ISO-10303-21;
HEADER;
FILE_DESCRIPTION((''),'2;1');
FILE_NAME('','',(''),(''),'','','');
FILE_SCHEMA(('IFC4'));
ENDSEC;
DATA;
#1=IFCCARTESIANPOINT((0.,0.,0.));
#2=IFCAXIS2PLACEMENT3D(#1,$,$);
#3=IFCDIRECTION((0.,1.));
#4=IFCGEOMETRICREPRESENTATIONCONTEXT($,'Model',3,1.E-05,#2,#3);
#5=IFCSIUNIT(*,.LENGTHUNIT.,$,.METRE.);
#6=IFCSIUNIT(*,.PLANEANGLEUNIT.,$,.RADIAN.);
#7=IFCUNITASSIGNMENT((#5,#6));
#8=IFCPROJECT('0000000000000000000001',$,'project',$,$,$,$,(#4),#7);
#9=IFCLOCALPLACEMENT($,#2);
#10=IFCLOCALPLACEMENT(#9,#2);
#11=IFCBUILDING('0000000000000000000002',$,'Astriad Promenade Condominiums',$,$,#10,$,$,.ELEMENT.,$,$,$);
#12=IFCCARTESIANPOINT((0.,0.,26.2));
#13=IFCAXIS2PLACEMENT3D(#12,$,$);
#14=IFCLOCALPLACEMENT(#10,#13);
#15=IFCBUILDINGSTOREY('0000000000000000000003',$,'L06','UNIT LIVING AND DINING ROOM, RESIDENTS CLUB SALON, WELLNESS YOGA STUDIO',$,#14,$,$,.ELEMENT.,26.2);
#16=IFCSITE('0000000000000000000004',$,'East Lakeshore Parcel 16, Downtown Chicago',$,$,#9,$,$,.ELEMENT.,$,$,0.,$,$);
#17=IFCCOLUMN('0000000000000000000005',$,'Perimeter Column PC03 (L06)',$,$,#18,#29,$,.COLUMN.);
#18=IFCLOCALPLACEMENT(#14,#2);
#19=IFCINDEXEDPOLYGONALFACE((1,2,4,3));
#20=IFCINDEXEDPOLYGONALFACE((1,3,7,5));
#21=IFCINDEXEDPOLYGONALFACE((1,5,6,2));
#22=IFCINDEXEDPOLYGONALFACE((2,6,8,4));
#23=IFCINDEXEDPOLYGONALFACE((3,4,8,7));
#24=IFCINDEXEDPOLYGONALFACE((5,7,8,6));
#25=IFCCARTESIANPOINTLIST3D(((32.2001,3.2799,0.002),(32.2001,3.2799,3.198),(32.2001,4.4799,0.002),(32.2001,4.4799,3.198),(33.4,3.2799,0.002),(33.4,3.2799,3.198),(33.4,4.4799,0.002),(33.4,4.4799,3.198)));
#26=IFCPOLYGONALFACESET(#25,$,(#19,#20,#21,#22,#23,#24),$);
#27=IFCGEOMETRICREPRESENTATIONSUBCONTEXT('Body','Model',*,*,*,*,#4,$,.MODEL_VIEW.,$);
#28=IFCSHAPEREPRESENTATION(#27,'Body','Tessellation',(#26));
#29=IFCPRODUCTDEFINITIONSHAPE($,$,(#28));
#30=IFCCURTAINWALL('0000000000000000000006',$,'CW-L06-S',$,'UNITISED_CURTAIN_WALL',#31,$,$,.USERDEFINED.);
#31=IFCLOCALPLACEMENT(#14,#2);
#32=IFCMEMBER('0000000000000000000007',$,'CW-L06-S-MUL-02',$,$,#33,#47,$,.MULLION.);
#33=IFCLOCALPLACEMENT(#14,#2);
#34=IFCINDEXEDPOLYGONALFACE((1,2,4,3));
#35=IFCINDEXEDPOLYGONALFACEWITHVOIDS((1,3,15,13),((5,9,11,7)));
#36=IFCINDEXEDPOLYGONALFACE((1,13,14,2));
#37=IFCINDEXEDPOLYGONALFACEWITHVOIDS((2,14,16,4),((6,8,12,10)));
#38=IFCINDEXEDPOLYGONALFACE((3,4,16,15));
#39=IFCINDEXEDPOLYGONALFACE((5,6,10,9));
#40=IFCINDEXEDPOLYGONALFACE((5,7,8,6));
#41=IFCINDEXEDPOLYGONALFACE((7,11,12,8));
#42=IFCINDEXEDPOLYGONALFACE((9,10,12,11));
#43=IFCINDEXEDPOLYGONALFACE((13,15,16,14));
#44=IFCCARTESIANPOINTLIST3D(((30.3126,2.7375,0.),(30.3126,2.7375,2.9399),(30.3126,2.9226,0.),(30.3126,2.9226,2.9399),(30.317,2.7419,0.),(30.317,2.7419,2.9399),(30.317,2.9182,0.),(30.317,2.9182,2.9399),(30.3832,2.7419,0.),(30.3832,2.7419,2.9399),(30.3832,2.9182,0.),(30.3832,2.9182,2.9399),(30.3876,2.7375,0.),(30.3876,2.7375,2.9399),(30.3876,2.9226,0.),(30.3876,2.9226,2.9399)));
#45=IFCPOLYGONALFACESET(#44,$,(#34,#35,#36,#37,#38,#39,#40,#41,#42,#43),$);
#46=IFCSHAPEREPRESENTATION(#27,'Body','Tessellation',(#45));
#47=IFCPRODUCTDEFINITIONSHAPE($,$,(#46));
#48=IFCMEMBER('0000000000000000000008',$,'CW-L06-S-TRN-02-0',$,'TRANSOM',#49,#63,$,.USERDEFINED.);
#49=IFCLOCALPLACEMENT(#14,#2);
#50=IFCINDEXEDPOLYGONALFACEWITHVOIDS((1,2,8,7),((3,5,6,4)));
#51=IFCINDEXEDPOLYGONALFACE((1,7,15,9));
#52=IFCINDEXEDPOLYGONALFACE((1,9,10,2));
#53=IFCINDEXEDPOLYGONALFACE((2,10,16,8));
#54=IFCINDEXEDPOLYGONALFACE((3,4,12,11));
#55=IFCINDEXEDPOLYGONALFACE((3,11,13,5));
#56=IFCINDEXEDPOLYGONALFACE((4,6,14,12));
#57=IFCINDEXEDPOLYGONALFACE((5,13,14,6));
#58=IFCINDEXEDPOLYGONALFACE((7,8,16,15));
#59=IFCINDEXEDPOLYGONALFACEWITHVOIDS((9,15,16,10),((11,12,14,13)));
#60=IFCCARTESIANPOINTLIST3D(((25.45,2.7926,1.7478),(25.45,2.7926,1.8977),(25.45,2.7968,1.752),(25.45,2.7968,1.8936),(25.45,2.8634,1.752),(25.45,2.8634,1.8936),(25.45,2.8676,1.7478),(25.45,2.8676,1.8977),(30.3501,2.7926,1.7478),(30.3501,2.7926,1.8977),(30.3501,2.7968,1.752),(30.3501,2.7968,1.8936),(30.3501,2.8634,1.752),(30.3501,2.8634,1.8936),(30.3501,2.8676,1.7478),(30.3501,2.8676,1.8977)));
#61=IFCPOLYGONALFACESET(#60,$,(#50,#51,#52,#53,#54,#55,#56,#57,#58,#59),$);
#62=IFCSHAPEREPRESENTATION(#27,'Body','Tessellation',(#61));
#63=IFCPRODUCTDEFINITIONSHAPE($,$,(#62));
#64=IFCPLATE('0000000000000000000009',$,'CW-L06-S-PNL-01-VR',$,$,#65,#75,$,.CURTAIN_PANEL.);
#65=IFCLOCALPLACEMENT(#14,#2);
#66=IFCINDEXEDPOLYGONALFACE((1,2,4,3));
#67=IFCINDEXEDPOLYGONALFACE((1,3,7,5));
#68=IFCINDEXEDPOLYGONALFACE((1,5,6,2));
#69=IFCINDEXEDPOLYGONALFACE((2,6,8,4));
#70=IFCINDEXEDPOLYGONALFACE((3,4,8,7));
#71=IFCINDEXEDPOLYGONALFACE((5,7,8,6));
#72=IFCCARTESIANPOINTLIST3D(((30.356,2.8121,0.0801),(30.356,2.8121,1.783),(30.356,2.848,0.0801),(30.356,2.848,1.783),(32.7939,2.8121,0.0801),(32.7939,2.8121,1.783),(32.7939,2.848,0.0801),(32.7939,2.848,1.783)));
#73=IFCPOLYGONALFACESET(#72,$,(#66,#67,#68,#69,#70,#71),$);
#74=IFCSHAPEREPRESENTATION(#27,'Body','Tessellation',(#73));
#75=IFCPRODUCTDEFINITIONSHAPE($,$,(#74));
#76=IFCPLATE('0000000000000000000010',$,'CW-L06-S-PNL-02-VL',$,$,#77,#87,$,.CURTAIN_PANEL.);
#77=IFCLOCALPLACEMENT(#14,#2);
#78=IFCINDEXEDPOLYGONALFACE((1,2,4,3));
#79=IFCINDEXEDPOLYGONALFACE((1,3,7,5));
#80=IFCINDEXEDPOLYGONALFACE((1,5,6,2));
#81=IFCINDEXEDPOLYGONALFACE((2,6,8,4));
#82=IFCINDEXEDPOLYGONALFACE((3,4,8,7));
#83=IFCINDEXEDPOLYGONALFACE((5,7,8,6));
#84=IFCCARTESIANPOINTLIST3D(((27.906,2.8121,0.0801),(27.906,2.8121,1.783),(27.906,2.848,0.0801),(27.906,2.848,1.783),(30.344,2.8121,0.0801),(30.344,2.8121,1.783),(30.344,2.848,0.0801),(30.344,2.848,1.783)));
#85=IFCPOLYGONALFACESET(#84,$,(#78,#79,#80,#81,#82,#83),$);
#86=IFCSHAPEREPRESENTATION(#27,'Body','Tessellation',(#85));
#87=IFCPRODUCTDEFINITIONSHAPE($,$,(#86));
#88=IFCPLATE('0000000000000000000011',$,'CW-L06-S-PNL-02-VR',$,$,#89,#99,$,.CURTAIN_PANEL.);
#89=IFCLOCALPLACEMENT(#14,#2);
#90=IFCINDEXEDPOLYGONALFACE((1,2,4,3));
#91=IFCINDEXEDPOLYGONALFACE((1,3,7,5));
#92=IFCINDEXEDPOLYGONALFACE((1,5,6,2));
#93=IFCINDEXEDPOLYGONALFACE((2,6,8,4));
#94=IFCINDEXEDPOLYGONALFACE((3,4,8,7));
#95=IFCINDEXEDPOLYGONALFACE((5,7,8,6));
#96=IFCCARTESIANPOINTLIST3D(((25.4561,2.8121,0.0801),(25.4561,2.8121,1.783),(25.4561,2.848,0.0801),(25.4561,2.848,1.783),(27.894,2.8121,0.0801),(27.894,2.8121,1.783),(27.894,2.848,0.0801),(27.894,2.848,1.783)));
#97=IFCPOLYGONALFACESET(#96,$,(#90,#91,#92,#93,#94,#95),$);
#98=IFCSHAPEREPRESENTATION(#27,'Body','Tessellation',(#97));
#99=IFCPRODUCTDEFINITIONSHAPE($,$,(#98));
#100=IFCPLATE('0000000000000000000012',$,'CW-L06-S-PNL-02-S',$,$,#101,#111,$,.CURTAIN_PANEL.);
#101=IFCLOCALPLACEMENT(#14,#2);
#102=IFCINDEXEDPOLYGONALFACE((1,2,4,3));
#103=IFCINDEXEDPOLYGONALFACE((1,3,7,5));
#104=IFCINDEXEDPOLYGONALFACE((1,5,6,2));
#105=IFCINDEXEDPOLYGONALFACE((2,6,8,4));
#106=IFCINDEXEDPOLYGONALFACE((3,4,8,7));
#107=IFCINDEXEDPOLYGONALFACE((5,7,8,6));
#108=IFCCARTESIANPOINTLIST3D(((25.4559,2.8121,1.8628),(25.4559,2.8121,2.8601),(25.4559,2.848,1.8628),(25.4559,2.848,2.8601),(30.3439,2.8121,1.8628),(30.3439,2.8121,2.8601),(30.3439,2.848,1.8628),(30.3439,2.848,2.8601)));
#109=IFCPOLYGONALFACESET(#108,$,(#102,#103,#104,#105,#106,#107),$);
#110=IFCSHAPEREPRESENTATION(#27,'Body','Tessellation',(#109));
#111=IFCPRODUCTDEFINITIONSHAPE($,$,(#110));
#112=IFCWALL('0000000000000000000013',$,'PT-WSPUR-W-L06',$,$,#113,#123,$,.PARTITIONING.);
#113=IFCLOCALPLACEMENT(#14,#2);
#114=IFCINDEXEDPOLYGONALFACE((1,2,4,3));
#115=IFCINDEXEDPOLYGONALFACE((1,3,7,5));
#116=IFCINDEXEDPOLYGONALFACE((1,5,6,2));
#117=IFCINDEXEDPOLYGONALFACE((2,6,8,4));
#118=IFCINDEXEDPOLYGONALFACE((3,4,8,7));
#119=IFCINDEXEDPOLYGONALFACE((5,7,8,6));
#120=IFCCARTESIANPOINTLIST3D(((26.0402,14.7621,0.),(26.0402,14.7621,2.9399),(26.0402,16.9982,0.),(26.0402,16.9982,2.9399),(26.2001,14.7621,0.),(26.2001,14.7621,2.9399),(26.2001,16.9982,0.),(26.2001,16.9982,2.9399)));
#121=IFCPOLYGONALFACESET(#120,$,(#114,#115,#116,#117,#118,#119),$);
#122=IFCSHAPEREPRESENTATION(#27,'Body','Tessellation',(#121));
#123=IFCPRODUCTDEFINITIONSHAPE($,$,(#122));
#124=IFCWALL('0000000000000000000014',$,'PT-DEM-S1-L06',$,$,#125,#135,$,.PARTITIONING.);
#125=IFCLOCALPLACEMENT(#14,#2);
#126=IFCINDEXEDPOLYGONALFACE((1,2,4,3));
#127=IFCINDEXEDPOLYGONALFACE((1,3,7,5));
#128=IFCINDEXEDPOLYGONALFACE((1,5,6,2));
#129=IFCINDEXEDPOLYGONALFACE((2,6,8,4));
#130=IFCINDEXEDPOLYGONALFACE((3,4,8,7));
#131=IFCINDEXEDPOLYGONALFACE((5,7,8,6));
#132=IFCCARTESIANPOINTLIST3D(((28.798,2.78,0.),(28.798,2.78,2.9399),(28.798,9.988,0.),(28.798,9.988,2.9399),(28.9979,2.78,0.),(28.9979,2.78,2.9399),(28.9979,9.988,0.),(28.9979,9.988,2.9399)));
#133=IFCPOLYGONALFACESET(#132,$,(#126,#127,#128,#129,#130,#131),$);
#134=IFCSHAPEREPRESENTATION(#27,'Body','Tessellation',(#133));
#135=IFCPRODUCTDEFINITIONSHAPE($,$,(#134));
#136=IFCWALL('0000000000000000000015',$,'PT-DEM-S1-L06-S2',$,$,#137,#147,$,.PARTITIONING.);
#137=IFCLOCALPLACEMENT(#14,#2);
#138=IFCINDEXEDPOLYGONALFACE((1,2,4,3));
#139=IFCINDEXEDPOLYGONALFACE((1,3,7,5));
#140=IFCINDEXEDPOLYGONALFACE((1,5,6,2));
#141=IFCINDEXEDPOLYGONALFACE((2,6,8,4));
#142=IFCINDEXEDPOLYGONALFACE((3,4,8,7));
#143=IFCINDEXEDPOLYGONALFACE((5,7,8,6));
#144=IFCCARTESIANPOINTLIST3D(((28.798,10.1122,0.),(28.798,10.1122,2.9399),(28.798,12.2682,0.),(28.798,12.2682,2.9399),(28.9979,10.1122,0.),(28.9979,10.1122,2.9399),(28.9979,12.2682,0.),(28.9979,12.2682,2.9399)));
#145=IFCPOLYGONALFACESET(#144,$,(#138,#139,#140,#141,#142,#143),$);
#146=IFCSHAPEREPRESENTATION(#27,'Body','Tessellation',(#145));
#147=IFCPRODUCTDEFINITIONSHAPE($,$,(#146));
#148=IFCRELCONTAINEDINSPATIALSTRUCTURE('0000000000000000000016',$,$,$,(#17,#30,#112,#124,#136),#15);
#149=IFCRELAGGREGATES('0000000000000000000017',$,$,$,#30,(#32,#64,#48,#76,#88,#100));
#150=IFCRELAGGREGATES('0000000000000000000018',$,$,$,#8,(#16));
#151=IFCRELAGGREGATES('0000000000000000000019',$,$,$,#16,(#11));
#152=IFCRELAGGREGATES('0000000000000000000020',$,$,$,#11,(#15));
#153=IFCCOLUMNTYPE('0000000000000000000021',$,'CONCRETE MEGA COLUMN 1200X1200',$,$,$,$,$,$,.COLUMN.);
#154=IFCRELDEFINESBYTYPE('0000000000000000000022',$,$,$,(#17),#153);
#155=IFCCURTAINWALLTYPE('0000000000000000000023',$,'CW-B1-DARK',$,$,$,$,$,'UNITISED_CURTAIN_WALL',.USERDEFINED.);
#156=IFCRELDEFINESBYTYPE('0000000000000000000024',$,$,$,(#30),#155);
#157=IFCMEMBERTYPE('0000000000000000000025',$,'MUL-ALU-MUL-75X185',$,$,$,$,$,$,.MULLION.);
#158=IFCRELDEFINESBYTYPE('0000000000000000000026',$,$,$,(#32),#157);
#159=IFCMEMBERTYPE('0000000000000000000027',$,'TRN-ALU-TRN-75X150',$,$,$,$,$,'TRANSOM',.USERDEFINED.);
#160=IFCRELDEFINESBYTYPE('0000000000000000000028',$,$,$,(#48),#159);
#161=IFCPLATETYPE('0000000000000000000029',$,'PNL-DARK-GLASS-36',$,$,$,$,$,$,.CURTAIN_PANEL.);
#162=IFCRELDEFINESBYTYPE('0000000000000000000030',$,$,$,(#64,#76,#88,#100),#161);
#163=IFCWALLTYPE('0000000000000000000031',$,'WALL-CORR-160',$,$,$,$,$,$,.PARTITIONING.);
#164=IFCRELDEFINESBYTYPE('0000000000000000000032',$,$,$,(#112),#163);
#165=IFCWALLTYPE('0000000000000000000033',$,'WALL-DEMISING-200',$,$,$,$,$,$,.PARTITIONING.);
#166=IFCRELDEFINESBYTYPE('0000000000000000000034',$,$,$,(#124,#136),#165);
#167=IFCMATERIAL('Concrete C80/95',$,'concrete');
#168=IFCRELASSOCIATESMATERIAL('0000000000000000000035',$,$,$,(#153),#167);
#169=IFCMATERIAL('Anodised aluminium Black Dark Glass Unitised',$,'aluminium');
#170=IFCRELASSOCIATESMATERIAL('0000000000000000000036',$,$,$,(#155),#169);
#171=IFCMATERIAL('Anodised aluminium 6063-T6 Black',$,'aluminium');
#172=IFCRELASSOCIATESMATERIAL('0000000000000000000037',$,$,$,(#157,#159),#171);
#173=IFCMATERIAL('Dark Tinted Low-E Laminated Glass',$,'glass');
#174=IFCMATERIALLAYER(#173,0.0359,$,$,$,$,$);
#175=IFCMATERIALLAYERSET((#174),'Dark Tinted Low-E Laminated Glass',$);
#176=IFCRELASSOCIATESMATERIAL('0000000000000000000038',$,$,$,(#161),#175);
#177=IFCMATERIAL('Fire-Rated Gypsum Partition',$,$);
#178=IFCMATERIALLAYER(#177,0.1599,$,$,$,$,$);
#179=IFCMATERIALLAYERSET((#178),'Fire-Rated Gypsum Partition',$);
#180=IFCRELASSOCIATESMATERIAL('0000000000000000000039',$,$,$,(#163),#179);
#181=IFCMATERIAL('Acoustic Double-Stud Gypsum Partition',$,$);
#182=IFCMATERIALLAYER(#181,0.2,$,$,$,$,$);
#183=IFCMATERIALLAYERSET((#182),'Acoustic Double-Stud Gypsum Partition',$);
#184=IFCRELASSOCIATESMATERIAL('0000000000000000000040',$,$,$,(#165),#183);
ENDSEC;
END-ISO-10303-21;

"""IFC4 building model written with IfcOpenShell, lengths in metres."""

from ifc_helpers import new_model, si_unit, direction, frame, frame_2d, origin, origin_2d, place, context, subcontext, project, spatial, rectangle, hollow_rectangle, extrude, source, transform, mapped, material, layer, layer_set, material_profile, profile_set, type_object, type_shapes, element, aggregate, save


model = new_model("IFC4")

# Units and contexts
model_context = context("Model", 3, precision=1e-05, world=origin(), true_north=direction((0.0, 1.0)))
body_context = subcontext(model_context, "Body", "Model", "MODEL_VIEW")
ifc_project = project(units=[si_unit("LENGTHUNIT", "METRE"), si_unit("PLANEANGLEUNIT", "RADIAN")], contexts=[model_context])

# Site, building, storey
site_placement = place(None, origin())
site = spatial("IfcSite", under=ifc_project, at=site_placement, Name="East Lakeshore Parcel 16, Downtown Chicago", CompositionType="ELEMENT", RefElevation=0.0)
building_placement = place(site_placement, origin())
building = spatial("IfcBuilding", under=site, at=building_placement, Name="Astriad Promenade Condominiums", CompositionType="ELEMENT")
storey_placement = place(building_placement, frame((0.0, 0.0, 26.2)))
storey = spatial("IfcBuildingStorey", under=building, at=storey_placement, Name="L06", Description="UNIT LIVING AND DINING ROOM, RESIDENTS CLUB SALON, WELLNESS YOGA STUDIO", CompositionType="ELEMENT", Elevation=26.2)

# Column
ifc_material_1 = material(Name="Concrete C80/95", Category="concrete")
ifc_material_profile_1 = material_profile(ifc_material_1, rectangle(XDim=1.2, YDim=1.2, at=origin_2d()), Name="RC-COL-1200X1200")
ifc_profile_set_1 = profile_set([ifc_material_profile_1], Name="Concrete C80/95")
column_type = type_object("IfcColumnType", Name="CONCRETE MEGA COLUMN 1200X1200", PredefinedType="COLUMN", material=ifc_profile_set_1)
shared_shape_1 = source(origin(), body_context, "Body", "SweptSolid", [
    extrude(rectangle(XDim=1.2, YDim=1.2, at=origin_2d()), origin(), (0.0, 0.0, 1.0), 3.196),
])
type_shapes(column_type, [shared_shape_1])
column_placement = place(storey_placement, frame((32.8, 3.8799, 0.002), z_axis=(0.0, 0.0, 1.0), x_axis=(1.0, 0.0, 0.0)))
element("IfcColumn", 1, at=column_placement, inside=storey, type_object=column_type, Name="Perimeter Column PC03 (L06)", PredefinedType="COLUMN", context=body_context, shape_type="MappedRepresentation", body=[
    mapped(shared_shape_1, transform((0.0, 0.0, 0.0), scale=1.0)),
])

# Curtain wall, members, plates
ifc_material_2 = material(Name="Anodised aluminium Black Dark Glass Unitised", Category="aluminium")
curtain_wall_type = type_object("IfcCurtainWallType", Name="CW-B1-DARK", ElementType="UNITISED_CURTAIN_WALL", PredefinedType="USERDEFINED", material=ifc_material_2)
curtain_wall_placement = place(storey_placement, origin())
curtain_wall = element("IfcCurtainWall", 2, at=curtain_wall_placement, inside=storey, type_object=curtain_wall_type, Name="CW-L06-S", ObjectType="UNITISED_CURTAIN_WALL", PredefinedType="USERDEFINED")
ifc_material_3 = material(Name="Anodised aluminium 6063-T6 Black", Category="aluminium")
ifc_material_profile_2 = material_profile(ifc_material_3, hollow_rectangle(XDim=0.075, YDim=0.1851, WallThickness=0.0044, at=origin_2d()), Name="ALU-MUL-75X185")
ifc_profile_set_2 = profile_set([ifc_material_profile_2], Name="Anodised aluminium 6063-T6 Black")
member_type_1 = type_object("IfcMemberType", Name="MUL-ALU-MUL-75X185", PredefinedType="MULLION", material=ifc_profile_set_2)
shared_shape_2 = source(origin(), body_context, "Body", "SweptSolid", [
    extrude(hollow_rectangle(XDim=0.075, YDim=0.1851, WallThickness=0.0044, at=origin_2d()), origin(), (0.0, 0.0, 1.0), 2.9399),
])
type_shapes(member_type_1, [shared_shape_2])
member_1_placement = place(storey_placement, frame((30.3501, 2.8301, 0.0), z_axis=(0.0, 0.0, 1.0), x_axis=(1.0, 0.0, 0.0)))
member_1 = element("IfcMember", 3, at=member_1_placement, type_object=member_type_1, Name="CW-L06-S-MUL-02", PredefinedType="MULLION", context=body_context, shape_type="MappedRepresentation", body=[
    mapped(shared_shape_2, transform((0.0, 0.0, 0.0), scale=1.0)),
])
ifc_material_profile_3 = material_profile(ifc_material_3, hollow_rectangle(XDim=0.075, YDim=0.1499, WallThickness=0.0042, at=origin_2d()), Name="ALU-TRN-75X150")
ifc_profile_set_3 = profile_set([ifc_material_profile_3], Name="Anodised aluminium 6063-T6 Black")
member_type_2 = type_object("IfcMemberType", Name="TRN-ALU-TRN-75X150", ElementType="TRANSOM", PredefinedType="USERDEFINED", material=ifc_profile_set_3)
shared_shape_3 = source(origin(), body_context, "Body", "SweptSolid", [
    extrude(hollow_rectangle(XDim=0.075, YDim=0.1499, WallThickness=0.0042, at=origin_2d()), origin(), (0.0, 0.0, 1.0), 4.9001),
])
type_shapes(member_type_2, [shared_shape_3])
member_2_placement = place(storey_placement, frame((30.3501, 2.8301, 1.8228), z_axis=(-1.0, 0.0, 0.0), x_axis=(0.0, -1.0, 0.0)))
member_2 = element("IfcMember", 4, at=member_2_placement, type_object=member_type_2, Name="CW-L06-S-TRN-02-0", ObjectType="TRANSOM", PredefinedType="USERDEFINED", context=body_context, shape_type="MappedRepresentation", body=[
    mapped(shared_shape_3, transform((0.0, 0.0, 0.0), scale=1.0)),
])
ifc_material_4 = material(Name="Dark Tinted Low-E Laminated Glass", Category="glass")
ifc_layer_1 = layer(ifc_material_4, 0.0359)
ifc_layer_set_1 = layer_set([ifc_layer_1], Name="Dark Tinted Low-E Laminated Glass")
plate_type = type_object("IfcPlateType", Name="PNL-DARK-GLASS-36", PredefinedType="CURTAIN_PANEL", material=ifc_layer_set_1)
shared_shape_4 = source(origin(), body_context, "Body", "SweptSolid", [
    extrude(rectangle(XDim=2.438, YDim=0.0359, at=origin_2d()), origin(), (0.0, 0.0, 1.0), 1.7029),
])
plate_1_placement = place(storey_placement, frame((31.575, 2.8301, 0.0801), z_axis=(0.0, 0.0, 1.0), x_axis=(-1.0, 0.0, 0.0)))
plate_1 = element("IfcPlate", 5, at=plate_1_placement, type_object=plate_type, Name="CW-L06-S-PNL-01-VR", PredefinedType="CURTAIN_PANEL", context=body_context, shape_type="MappedRepresentation", body=[
    mapped(shared_shape_4, transform((0.0, 0.0, 0.0), scale=1.0)),
])
plate_2_placement = place(storey_placement, frame((29.125, 2.8301, 0.0801), z_axis=(0.0, 0.0, 1.0), x_axis=(-1.0, 0.0, 0.0)))
plate_2 = element("IfcPlate", 6, at=plate_2_placement, type_object=plate_type, Name="CW-L06-S-PNL-02-VL", PredefinedType="CURTAIN_PANEL", context=body_context, shape_type="MappedRepresentation", body=[
    mapped(shared_shape_4, transform((0.0, 0.0, 0.0), scale=1.0)),
])
plate_3_placement = place(storey_placement, frame((26.675, 2.8301, 0.0801), z_axis=(0.0, 0.0, 1.0), x_axis=(-1.0, 0.0, 0.0)))
plate_3 = element("IfcPlate", 7, at=plate_3_placement, type_object=plate_type, Name="CW-L06-S-PNL-02-VR", PredefinedType="CURTAIN_PANEL", context=body_context, shape_type="MappedRepresentation", body=[
    mapped(shared_shape_4, transform((0.0, 0.0, 0.0), scale=1.0)),
])
shared_shape_5 = source(origin(), body_context, "Body", "SweptSolid", [
    extrude(rectangle(XDim=4.8879, YDim=0.0359, at=origin_2d()), origin(), (0.0, 0.0, 1.0), 0.9973),
])
type_shapes(plate_type, [shared_shape_4, shared_shape_5])
plate_4_placement = place(storey_placement, frame((27.8999, 2.8301, 1.8628), z_axis=(0.0, 0.0, 1.0), x_axis=(-1.0, 0.0, 0.0)))
plate_4 = element("IfcPlate", 8, at=plate_4_placement, type_object=plate_type, Name="CW-L06-S-PNL-02-S", PredefinedType="CURTAIN_PANEL", context=body_context, shape_type="MappedRepresentation", body=[
    mapped(shared_shape_5, transform((0.0, 0.0, 0.0), scale=1.0)),
])
aggregate(curtain_wall, [member_1, plate_1, member_2, plate_2, plate_3, plate_4])

# Walls
ifc_material_5 = material(Name="Fire-Rated Gypsum Partition")
ifc_layer_2 = layer(ifc_material_5, 0.1599)
ifc_layer_set_2 = layer_set([ifc_layer_2], Name="Fire-Rated Gypsum Partition")
wall_type_1 = type_object("IfcWallType", Name="WALL-CORR-160", PredefinedType="PARTITIONING", material=ifc_layer_set_2)
wall_1_placement = place(storey_placement, frame((26.1201, 14.762, 0.0), z_axis=(0.0, 0.0, 1.0), x_axis=(0.0, 1.0, 0.0)))
element("IfcWall", 9, at=wall_1_placement, inside=storey, type_object=wall_type_1, Name="PT-WSPUR-W-L06", PredefinedType="PARTITIONING", context=body_context, shape_type="SweptSolid", body=[
    extrude(rectangle(XDim=2.2361, YDim=0.1599, at=frame_2d((1.1182, 0.0))), origin(), (0.0, 0.0, 1.0), 2.9399),
])
ifc_material_6 = material(Name="Acoustic Double-Stud Gypsum Partition")
ifc_layer_3 = layer(ifc_material_6, 0.2)
ifc_layer_set_3 = layer_set([ifc_layer_3], Name="Acoustic Double-Stud Gypsum Partition")
wall_type_2 = type_object("IfcWallType", Name="WALL-DEMISING-200", PredefinedType="PARTITIONING", material=ifc_layer_set_3)
wall_2_placement = place(storey_placement, frame((28.8979, 2.78, 0.0), z_axis=(0.0, 0.0, 1.0), x_axis=(0.0, 1.0, 0.0)))
element("IfcWall", 10, at=wall_2_placement, inside=storey, type_object=wall_type_2, Name="PT-DEM-S1-L06", PredefinedType="PARTITIONING", context=body_context, shape_type="SweptSolid", body=[
    extrude(rectangle(XDim=7.208, YDim=0.2, at=frame_2d((3.604, 0.0))), origin(), (0.0, 0.0, 1.0), 2.9399),
])
wall_3_placement = place(storey_placement, frame((28.8979, 10.1121, 0.0), z_axis=(0.0, 0.0, 1.0), x_axis=(0.0, 1.0, 0.0)))
element("IfcWall", 11, at=wall_3_placement, inside=storey, type_object=wall_type_2, Name="PT-DEM-S1-L06-S2", PredefinedType="PARTITIONING", context=body_context, shape_type="SweptSolid", body=[
    extrude(rectangle(XDim=2.156, YDim=0.2, at=frame_2d((1.0781, 0.0))), origin(), (0.0, 0.0, 1.0), 2.9399),
])

save(model, "model.ifc")
